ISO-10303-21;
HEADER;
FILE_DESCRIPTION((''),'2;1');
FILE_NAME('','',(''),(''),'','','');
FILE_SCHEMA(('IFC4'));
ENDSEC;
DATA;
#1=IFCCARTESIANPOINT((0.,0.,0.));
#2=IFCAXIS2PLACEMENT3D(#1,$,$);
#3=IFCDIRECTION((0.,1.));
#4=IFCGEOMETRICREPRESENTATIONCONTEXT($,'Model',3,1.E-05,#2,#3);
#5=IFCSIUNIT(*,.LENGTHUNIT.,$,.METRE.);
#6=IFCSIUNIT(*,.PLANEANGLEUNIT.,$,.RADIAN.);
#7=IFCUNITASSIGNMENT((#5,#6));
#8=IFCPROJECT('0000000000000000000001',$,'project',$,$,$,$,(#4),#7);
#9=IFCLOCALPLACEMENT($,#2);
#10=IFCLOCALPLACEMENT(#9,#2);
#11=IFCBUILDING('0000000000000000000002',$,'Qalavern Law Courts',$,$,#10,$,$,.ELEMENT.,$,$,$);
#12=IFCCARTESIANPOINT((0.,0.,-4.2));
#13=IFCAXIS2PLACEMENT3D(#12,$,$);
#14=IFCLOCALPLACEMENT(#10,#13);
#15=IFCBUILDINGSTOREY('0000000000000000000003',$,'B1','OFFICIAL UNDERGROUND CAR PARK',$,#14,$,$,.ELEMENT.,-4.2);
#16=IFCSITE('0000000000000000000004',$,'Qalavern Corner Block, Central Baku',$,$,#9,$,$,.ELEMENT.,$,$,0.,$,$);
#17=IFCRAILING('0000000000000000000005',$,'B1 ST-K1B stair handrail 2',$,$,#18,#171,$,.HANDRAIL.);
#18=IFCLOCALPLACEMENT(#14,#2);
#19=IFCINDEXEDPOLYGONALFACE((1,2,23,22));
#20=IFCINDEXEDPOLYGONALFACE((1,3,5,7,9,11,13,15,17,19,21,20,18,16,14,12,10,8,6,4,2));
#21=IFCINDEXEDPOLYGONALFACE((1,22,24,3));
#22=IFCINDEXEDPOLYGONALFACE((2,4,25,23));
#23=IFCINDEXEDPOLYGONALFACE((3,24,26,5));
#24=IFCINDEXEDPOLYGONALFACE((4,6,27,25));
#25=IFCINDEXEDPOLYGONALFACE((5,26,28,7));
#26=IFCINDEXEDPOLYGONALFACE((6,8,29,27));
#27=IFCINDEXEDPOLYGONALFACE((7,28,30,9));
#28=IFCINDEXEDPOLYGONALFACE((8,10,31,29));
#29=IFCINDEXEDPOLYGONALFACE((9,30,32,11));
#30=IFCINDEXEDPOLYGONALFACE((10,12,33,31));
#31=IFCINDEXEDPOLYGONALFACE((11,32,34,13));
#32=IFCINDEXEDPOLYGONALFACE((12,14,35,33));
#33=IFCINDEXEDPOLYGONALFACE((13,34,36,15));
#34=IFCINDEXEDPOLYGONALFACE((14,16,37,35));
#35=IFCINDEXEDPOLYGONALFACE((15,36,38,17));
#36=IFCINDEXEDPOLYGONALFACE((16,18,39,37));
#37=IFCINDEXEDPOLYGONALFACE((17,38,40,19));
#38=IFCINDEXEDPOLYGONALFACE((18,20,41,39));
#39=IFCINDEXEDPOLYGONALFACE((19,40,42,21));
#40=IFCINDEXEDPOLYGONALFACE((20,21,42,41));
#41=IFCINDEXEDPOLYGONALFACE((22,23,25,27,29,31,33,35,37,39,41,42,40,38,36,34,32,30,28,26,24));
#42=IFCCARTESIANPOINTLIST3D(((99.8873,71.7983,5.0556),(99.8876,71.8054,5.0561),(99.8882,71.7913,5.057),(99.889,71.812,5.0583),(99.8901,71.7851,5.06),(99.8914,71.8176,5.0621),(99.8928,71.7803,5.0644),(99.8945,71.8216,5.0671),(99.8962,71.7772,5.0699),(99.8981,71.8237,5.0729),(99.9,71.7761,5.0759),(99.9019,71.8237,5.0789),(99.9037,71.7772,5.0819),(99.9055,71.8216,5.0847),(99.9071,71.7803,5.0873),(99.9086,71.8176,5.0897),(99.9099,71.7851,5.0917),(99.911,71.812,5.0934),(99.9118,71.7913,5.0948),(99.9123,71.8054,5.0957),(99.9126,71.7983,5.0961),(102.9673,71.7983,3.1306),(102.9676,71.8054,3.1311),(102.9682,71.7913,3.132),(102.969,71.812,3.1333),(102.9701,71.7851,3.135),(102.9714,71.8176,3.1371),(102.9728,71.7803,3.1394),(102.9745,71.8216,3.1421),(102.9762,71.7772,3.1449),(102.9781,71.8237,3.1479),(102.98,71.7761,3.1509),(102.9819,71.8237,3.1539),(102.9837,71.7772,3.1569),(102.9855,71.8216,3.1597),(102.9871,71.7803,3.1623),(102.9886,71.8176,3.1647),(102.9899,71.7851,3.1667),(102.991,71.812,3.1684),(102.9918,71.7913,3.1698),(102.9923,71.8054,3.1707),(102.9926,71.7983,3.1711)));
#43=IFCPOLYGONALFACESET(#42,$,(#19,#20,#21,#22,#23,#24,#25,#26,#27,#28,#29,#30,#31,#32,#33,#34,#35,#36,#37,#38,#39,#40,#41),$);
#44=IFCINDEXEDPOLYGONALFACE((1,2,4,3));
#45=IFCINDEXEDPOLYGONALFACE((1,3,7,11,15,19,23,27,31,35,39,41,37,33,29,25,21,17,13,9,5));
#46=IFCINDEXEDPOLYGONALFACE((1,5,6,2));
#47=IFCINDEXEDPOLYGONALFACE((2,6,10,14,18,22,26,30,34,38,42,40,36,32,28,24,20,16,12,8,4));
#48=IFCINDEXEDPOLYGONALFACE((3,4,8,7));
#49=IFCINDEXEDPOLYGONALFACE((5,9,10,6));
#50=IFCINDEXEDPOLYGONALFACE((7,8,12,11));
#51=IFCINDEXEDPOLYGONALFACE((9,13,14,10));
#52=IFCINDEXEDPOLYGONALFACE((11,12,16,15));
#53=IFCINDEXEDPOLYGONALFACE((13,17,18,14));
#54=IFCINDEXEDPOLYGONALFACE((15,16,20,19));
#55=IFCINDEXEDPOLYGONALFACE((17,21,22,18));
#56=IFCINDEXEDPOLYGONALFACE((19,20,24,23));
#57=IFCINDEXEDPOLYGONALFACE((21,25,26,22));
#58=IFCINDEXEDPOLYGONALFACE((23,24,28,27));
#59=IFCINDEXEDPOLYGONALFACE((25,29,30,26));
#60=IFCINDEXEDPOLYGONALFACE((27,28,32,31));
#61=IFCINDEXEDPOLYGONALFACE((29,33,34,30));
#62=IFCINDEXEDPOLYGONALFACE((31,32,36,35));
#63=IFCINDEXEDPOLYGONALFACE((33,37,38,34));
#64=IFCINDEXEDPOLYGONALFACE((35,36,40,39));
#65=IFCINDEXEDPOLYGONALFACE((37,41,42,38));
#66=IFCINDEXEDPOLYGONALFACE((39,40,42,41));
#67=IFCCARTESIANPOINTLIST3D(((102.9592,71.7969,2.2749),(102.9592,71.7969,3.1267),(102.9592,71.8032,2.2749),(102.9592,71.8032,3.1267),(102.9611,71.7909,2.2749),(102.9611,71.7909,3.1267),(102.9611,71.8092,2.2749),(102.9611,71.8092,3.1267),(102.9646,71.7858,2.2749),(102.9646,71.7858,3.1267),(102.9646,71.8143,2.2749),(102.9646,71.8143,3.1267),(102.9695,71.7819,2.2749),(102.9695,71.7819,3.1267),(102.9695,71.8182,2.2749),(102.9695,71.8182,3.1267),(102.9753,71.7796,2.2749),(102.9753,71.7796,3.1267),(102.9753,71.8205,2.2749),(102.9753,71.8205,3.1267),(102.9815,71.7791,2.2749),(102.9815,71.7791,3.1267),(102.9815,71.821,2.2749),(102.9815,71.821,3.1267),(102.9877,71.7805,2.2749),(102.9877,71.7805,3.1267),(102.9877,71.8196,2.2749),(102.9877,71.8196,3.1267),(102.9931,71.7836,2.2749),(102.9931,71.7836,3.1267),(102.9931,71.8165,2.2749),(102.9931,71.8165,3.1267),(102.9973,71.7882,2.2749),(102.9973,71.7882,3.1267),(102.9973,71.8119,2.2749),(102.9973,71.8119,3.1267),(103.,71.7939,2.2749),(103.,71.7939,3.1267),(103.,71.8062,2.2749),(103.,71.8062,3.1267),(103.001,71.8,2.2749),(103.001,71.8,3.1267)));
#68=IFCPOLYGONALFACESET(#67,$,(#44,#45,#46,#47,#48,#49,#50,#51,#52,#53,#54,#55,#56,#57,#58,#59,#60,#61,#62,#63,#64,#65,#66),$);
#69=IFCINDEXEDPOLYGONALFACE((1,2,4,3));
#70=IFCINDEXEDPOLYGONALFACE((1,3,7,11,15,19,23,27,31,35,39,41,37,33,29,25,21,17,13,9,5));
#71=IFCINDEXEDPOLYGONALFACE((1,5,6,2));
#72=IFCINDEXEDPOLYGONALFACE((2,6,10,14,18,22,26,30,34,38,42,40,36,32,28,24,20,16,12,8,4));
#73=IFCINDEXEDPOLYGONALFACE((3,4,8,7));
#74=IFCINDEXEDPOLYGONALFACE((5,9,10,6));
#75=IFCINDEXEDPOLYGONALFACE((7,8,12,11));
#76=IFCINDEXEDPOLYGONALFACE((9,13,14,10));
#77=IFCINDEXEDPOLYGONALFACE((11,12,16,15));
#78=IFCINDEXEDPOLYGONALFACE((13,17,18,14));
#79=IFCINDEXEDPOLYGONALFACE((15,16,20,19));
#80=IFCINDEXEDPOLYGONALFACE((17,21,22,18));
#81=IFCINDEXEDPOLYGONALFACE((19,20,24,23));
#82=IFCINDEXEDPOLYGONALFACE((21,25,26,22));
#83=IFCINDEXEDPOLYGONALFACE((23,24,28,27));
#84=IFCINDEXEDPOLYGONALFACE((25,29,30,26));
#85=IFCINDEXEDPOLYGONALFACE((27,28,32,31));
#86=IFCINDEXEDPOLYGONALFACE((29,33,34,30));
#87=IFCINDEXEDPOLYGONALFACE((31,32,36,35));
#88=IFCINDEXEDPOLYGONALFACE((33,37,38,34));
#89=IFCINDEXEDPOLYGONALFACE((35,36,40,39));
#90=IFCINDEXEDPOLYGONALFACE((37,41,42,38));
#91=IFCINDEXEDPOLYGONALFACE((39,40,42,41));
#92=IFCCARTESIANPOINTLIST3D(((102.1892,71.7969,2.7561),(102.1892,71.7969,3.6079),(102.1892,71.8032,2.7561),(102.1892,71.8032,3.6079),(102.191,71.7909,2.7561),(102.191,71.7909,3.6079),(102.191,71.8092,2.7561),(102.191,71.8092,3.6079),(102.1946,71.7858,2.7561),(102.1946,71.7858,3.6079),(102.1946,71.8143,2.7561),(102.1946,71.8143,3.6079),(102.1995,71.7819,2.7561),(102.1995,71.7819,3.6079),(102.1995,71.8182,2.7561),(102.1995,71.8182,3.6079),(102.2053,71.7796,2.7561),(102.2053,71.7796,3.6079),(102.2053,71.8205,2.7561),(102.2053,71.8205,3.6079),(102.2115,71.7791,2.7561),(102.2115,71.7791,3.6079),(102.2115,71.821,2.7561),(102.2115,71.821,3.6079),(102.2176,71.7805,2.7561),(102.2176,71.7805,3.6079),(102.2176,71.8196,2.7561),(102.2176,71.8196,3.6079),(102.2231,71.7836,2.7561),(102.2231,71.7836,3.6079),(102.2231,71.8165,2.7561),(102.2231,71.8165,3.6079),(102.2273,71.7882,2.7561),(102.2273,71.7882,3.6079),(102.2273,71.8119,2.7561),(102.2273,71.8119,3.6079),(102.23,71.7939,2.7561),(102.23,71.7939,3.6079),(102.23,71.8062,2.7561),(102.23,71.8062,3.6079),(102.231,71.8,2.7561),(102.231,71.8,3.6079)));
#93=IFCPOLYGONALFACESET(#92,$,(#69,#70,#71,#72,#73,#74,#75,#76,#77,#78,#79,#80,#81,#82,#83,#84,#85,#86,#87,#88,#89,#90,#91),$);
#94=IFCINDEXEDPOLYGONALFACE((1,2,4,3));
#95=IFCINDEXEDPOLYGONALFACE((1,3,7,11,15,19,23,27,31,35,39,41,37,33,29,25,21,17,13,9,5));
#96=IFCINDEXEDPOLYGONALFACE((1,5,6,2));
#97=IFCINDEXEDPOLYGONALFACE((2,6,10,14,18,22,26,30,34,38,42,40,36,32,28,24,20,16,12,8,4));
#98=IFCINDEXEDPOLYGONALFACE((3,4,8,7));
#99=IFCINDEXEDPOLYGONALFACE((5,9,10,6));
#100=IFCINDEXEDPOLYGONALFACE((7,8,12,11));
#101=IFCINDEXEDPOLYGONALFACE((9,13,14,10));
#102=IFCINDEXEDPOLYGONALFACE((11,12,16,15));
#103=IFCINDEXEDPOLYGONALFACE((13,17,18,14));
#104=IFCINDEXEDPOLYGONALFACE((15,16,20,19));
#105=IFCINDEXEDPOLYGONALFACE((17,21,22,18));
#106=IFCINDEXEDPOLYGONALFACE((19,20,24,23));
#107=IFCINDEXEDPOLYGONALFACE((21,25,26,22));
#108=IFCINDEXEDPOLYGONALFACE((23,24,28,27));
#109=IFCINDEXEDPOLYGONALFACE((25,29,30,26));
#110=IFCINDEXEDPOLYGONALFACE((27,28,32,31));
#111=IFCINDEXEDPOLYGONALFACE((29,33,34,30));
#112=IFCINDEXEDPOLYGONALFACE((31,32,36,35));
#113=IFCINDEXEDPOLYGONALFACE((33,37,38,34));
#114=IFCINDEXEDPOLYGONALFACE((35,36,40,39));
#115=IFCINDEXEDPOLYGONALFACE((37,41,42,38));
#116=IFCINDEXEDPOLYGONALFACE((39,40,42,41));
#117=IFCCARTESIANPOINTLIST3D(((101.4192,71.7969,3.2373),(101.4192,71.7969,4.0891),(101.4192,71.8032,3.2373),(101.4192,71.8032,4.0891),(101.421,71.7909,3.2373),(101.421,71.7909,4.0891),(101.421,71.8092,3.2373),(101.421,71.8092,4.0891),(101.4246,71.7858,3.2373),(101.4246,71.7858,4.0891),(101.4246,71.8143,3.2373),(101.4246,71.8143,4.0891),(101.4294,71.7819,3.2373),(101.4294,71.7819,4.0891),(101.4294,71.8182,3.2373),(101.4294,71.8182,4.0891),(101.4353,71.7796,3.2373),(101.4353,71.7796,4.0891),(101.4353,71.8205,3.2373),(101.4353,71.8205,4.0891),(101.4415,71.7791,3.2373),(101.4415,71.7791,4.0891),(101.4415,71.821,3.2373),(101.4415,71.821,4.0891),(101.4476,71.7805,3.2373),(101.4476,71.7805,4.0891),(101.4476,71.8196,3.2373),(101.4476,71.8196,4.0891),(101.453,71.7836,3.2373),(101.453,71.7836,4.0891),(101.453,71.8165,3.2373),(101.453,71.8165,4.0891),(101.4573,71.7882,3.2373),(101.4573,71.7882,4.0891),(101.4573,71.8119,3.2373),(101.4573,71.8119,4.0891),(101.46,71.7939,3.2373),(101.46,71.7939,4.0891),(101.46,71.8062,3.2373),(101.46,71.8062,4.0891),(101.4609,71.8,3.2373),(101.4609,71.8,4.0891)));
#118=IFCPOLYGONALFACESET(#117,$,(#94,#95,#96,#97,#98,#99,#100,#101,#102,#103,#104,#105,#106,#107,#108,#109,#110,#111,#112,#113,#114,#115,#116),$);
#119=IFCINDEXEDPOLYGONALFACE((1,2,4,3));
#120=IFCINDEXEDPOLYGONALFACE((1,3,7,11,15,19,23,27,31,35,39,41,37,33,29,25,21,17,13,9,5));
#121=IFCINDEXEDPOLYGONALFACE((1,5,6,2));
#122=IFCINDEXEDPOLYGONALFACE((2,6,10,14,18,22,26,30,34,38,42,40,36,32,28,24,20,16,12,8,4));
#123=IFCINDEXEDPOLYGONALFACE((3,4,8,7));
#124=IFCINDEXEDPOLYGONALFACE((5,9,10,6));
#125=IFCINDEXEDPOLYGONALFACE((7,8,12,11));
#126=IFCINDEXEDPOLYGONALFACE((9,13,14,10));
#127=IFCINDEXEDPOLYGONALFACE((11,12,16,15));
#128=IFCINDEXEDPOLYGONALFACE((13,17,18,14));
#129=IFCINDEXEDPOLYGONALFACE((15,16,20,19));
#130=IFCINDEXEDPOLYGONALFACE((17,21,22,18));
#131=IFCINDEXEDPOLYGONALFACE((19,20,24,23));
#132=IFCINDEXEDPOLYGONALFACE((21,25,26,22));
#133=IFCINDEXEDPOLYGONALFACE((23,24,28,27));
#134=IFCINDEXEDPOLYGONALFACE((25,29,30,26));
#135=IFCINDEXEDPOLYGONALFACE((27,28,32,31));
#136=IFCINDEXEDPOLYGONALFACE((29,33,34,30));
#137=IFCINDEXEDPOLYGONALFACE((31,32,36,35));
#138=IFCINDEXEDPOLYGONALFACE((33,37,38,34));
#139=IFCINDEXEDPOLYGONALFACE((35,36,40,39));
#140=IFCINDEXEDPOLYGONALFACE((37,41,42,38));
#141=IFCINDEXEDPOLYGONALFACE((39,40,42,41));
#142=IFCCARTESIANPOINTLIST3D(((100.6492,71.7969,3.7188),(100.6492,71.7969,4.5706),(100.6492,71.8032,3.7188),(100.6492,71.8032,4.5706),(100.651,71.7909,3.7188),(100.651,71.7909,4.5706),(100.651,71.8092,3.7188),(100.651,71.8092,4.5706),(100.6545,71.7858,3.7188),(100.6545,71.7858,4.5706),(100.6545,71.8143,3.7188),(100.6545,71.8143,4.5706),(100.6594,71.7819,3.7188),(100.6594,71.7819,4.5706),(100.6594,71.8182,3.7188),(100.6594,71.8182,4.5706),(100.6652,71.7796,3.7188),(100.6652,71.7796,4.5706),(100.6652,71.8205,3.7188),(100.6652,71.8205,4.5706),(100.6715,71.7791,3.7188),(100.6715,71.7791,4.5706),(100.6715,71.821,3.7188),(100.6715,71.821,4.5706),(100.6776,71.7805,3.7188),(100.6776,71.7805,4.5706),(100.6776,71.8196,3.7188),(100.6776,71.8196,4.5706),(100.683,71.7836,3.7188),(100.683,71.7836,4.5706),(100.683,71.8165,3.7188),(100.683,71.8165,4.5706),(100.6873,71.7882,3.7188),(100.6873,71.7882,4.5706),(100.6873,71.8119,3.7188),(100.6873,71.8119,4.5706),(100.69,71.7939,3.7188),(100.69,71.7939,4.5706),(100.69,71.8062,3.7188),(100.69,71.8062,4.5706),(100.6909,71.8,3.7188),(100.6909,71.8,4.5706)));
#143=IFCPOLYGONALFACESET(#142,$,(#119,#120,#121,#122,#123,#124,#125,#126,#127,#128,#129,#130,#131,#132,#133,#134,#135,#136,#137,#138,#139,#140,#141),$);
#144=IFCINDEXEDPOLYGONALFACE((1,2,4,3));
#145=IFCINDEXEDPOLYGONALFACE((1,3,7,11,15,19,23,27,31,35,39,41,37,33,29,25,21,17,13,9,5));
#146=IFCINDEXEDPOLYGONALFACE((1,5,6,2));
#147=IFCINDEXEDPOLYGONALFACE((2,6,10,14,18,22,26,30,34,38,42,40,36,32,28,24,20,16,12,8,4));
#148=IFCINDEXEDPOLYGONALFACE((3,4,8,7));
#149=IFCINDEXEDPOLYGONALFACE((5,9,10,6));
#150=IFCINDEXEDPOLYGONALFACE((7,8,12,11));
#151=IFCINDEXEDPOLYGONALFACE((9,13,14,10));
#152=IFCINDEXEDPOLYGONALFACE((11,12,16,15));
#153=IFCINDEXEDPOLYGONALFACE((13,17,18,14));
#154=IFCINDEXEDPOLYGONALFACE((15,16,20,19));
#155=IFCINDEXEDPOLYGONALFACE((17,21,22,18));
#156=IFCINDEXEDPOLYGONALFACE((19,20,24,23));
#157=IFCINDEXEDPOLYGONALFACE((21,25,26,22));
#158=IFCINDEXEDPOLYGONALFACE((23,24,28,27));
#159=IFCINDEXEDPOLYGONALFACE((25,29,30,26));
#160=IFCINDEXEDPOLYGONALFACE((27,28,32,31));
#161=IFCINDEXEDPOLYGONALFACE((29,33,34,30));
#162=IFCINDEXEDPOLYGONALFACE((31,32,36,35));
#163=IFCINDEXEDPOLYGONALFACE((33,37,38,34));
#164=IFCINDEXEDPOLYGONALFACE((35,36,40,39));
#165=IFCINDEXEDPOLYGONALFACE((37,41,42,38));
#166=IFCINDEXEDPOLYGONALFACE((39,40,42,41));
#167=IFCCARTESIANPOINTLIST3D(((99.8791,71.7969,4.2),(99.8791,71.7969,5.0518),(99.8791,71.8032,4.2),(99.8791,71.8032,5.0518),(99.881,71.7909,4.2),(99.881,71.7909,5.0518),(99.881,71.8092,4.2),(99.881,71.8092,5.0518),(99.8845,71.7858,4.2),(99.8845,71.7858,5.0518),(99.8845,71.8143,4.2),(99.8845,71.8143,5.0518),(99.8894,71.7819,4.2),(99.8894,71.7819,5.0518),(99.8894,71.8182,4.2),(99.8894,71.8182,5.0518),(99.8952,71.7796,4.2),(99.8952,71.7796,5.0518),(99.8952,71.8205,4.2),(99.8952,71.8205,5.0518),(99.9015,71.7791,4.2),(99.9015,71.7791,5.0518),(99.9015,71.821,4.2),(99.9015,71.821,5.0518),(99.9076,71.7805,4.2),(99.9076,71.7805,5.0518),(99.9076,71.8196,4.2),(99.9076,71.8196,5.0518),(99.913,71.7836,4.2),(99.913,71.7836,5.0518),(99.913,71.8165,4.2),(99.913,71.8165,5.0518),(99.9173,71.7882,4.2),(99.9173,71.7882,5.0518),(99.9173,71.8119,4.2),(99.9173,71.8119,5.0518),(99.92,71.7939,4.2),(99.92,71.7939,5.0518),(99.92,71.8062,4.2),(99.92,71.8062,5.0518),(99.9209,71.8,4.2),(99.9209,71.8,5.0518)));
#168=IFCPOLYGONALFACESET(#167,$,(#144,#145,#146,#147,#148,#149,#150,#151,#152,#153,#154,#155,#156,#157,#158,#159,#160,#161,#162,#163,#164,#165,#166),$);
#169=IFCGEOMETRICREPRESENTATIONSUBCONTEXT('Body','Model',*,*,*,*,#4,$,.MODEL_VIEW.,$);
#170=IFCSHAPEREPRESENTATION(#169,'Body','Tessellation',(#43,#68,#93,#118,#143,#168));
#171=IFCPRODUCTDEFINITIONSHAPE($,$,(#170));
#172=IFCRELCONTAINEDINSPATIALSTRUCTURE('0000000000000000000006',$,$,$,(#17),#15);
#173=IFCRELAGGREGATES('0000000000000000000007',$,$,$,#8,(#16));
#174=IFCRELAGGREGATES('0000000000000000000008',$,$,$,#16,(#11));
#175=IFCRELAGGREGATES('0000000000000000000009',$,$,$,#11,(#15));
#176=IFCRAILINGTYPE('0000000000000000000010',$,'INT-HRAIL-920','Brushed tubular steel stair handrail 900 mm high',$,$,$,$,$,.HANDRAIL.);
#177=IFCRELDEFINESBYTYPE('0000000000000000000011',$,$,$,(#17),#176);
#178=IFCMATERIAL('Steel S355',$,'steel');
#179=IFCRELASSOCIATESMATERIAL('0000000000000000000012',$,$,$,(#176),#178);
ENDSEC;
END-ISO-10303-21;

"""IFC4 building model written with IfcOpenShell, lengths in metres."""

from ifc_helpers import new_model, si_unit, direction, frame, origin, origin_2d, place, context, subcontext, project, spatial, circle, extrude, material, type_object, element, save


model = new_model("IFC4")

# Units and contexts
model_context = context("Model", 3, precision=1e-05, world=origin(), true_north=direction((0.0, 1.0)))
body_context = subcontext(model_context, "Body", "Model", "MODEL_VIEW")
ifc_project = project(units=[si_unit("LENGTHUNIT", "METRE"), si_unit("PLANEANGLEUNIT", "RADIAN")], contexts=[model_context])

# Site, building, storey
site_placement = place(None, origin())
site = spatial("IfcSite", under=ifc_project, at=site_placement, Name="Qalavern Corner Block, Central Baku", CompositionType="ELEMENT", RefElevation=0.0)
building_placement = place(site_placement, origin())
building = spatial("IfcBuilding", under=site, at=building_placement, Name="Qalavern Law Courts", CompositionType="ELEMENT")
storey_placement = place(building_placement, frame((0.0, 0.0, -4.2)))
storey = spatial("IfcBuildingStorey", under=building, at=storey_placement, Name="B1", Description="OFFICIAL UNDERGROUND CAR PARK", CompositionType="ELEMENT", Elevation=-4.2)

# Shared definitions
ifc_material_1 = material(Name="Steel S355", Category="steel")

# Railing
railing_type_1 = type_object("IfcRailingType", Name="INT-HRAIL-920", Description="Brushed tubular steel stair handrail 900 mm high", PredefinedType="HANDRAIL", material=ifc_material_1)
railing_1_placement = place(storey_placement, frame((102.98, 71.8, 2.2749)))
element("IfcRailing", 1, at=railing_1_placement, inside=storey, type_object=railing_type_1, Name="B1 ST-K1B stair handrail 2", PredefinedType="HANDRAIL", context=body_context, shape_type="SweptSolid", body=[
    extrude(circle(Radius=0.0239, at=origin_2d()), frame((0.0, 0.0, 0.876), z_axis=(-0.847998, 0.0, 0.529999), x_axis=(0.0, -1.0, 0.0)), (0.0, 0.0, 1.0), 3.6321),
    extrude(circle(Radius=0.021, at=origin_2d()), origin(), (0.0, 0.0, 1.0), 0.8518),
    extrude(circle(Radius=0.021, at=origin_2d()), frame((-0.77, 0.0, 0.4812)), (0.0, 0.0, 1.0), 0.8518),
    extrude(circle(Radius=0.021, at=origin_2d()), frame((-1.54, 0.0, 0.9624)), (0.0, 0.0, 1.0), 0.8518),
    extrude(circle(Radius=0.021, at=origin_2d()), frame((-2.3101, 0.0, 1.4438)), (0.0, 0.0, 1.0), 0.8518),
    extrude(circle(Radius=0.021, at=origin_2d()), frame((-3.0801, 0.0, 1.925)), (0.0, 0.0, 1.0), 0.8518),
])

save(model, "model.ifc")
